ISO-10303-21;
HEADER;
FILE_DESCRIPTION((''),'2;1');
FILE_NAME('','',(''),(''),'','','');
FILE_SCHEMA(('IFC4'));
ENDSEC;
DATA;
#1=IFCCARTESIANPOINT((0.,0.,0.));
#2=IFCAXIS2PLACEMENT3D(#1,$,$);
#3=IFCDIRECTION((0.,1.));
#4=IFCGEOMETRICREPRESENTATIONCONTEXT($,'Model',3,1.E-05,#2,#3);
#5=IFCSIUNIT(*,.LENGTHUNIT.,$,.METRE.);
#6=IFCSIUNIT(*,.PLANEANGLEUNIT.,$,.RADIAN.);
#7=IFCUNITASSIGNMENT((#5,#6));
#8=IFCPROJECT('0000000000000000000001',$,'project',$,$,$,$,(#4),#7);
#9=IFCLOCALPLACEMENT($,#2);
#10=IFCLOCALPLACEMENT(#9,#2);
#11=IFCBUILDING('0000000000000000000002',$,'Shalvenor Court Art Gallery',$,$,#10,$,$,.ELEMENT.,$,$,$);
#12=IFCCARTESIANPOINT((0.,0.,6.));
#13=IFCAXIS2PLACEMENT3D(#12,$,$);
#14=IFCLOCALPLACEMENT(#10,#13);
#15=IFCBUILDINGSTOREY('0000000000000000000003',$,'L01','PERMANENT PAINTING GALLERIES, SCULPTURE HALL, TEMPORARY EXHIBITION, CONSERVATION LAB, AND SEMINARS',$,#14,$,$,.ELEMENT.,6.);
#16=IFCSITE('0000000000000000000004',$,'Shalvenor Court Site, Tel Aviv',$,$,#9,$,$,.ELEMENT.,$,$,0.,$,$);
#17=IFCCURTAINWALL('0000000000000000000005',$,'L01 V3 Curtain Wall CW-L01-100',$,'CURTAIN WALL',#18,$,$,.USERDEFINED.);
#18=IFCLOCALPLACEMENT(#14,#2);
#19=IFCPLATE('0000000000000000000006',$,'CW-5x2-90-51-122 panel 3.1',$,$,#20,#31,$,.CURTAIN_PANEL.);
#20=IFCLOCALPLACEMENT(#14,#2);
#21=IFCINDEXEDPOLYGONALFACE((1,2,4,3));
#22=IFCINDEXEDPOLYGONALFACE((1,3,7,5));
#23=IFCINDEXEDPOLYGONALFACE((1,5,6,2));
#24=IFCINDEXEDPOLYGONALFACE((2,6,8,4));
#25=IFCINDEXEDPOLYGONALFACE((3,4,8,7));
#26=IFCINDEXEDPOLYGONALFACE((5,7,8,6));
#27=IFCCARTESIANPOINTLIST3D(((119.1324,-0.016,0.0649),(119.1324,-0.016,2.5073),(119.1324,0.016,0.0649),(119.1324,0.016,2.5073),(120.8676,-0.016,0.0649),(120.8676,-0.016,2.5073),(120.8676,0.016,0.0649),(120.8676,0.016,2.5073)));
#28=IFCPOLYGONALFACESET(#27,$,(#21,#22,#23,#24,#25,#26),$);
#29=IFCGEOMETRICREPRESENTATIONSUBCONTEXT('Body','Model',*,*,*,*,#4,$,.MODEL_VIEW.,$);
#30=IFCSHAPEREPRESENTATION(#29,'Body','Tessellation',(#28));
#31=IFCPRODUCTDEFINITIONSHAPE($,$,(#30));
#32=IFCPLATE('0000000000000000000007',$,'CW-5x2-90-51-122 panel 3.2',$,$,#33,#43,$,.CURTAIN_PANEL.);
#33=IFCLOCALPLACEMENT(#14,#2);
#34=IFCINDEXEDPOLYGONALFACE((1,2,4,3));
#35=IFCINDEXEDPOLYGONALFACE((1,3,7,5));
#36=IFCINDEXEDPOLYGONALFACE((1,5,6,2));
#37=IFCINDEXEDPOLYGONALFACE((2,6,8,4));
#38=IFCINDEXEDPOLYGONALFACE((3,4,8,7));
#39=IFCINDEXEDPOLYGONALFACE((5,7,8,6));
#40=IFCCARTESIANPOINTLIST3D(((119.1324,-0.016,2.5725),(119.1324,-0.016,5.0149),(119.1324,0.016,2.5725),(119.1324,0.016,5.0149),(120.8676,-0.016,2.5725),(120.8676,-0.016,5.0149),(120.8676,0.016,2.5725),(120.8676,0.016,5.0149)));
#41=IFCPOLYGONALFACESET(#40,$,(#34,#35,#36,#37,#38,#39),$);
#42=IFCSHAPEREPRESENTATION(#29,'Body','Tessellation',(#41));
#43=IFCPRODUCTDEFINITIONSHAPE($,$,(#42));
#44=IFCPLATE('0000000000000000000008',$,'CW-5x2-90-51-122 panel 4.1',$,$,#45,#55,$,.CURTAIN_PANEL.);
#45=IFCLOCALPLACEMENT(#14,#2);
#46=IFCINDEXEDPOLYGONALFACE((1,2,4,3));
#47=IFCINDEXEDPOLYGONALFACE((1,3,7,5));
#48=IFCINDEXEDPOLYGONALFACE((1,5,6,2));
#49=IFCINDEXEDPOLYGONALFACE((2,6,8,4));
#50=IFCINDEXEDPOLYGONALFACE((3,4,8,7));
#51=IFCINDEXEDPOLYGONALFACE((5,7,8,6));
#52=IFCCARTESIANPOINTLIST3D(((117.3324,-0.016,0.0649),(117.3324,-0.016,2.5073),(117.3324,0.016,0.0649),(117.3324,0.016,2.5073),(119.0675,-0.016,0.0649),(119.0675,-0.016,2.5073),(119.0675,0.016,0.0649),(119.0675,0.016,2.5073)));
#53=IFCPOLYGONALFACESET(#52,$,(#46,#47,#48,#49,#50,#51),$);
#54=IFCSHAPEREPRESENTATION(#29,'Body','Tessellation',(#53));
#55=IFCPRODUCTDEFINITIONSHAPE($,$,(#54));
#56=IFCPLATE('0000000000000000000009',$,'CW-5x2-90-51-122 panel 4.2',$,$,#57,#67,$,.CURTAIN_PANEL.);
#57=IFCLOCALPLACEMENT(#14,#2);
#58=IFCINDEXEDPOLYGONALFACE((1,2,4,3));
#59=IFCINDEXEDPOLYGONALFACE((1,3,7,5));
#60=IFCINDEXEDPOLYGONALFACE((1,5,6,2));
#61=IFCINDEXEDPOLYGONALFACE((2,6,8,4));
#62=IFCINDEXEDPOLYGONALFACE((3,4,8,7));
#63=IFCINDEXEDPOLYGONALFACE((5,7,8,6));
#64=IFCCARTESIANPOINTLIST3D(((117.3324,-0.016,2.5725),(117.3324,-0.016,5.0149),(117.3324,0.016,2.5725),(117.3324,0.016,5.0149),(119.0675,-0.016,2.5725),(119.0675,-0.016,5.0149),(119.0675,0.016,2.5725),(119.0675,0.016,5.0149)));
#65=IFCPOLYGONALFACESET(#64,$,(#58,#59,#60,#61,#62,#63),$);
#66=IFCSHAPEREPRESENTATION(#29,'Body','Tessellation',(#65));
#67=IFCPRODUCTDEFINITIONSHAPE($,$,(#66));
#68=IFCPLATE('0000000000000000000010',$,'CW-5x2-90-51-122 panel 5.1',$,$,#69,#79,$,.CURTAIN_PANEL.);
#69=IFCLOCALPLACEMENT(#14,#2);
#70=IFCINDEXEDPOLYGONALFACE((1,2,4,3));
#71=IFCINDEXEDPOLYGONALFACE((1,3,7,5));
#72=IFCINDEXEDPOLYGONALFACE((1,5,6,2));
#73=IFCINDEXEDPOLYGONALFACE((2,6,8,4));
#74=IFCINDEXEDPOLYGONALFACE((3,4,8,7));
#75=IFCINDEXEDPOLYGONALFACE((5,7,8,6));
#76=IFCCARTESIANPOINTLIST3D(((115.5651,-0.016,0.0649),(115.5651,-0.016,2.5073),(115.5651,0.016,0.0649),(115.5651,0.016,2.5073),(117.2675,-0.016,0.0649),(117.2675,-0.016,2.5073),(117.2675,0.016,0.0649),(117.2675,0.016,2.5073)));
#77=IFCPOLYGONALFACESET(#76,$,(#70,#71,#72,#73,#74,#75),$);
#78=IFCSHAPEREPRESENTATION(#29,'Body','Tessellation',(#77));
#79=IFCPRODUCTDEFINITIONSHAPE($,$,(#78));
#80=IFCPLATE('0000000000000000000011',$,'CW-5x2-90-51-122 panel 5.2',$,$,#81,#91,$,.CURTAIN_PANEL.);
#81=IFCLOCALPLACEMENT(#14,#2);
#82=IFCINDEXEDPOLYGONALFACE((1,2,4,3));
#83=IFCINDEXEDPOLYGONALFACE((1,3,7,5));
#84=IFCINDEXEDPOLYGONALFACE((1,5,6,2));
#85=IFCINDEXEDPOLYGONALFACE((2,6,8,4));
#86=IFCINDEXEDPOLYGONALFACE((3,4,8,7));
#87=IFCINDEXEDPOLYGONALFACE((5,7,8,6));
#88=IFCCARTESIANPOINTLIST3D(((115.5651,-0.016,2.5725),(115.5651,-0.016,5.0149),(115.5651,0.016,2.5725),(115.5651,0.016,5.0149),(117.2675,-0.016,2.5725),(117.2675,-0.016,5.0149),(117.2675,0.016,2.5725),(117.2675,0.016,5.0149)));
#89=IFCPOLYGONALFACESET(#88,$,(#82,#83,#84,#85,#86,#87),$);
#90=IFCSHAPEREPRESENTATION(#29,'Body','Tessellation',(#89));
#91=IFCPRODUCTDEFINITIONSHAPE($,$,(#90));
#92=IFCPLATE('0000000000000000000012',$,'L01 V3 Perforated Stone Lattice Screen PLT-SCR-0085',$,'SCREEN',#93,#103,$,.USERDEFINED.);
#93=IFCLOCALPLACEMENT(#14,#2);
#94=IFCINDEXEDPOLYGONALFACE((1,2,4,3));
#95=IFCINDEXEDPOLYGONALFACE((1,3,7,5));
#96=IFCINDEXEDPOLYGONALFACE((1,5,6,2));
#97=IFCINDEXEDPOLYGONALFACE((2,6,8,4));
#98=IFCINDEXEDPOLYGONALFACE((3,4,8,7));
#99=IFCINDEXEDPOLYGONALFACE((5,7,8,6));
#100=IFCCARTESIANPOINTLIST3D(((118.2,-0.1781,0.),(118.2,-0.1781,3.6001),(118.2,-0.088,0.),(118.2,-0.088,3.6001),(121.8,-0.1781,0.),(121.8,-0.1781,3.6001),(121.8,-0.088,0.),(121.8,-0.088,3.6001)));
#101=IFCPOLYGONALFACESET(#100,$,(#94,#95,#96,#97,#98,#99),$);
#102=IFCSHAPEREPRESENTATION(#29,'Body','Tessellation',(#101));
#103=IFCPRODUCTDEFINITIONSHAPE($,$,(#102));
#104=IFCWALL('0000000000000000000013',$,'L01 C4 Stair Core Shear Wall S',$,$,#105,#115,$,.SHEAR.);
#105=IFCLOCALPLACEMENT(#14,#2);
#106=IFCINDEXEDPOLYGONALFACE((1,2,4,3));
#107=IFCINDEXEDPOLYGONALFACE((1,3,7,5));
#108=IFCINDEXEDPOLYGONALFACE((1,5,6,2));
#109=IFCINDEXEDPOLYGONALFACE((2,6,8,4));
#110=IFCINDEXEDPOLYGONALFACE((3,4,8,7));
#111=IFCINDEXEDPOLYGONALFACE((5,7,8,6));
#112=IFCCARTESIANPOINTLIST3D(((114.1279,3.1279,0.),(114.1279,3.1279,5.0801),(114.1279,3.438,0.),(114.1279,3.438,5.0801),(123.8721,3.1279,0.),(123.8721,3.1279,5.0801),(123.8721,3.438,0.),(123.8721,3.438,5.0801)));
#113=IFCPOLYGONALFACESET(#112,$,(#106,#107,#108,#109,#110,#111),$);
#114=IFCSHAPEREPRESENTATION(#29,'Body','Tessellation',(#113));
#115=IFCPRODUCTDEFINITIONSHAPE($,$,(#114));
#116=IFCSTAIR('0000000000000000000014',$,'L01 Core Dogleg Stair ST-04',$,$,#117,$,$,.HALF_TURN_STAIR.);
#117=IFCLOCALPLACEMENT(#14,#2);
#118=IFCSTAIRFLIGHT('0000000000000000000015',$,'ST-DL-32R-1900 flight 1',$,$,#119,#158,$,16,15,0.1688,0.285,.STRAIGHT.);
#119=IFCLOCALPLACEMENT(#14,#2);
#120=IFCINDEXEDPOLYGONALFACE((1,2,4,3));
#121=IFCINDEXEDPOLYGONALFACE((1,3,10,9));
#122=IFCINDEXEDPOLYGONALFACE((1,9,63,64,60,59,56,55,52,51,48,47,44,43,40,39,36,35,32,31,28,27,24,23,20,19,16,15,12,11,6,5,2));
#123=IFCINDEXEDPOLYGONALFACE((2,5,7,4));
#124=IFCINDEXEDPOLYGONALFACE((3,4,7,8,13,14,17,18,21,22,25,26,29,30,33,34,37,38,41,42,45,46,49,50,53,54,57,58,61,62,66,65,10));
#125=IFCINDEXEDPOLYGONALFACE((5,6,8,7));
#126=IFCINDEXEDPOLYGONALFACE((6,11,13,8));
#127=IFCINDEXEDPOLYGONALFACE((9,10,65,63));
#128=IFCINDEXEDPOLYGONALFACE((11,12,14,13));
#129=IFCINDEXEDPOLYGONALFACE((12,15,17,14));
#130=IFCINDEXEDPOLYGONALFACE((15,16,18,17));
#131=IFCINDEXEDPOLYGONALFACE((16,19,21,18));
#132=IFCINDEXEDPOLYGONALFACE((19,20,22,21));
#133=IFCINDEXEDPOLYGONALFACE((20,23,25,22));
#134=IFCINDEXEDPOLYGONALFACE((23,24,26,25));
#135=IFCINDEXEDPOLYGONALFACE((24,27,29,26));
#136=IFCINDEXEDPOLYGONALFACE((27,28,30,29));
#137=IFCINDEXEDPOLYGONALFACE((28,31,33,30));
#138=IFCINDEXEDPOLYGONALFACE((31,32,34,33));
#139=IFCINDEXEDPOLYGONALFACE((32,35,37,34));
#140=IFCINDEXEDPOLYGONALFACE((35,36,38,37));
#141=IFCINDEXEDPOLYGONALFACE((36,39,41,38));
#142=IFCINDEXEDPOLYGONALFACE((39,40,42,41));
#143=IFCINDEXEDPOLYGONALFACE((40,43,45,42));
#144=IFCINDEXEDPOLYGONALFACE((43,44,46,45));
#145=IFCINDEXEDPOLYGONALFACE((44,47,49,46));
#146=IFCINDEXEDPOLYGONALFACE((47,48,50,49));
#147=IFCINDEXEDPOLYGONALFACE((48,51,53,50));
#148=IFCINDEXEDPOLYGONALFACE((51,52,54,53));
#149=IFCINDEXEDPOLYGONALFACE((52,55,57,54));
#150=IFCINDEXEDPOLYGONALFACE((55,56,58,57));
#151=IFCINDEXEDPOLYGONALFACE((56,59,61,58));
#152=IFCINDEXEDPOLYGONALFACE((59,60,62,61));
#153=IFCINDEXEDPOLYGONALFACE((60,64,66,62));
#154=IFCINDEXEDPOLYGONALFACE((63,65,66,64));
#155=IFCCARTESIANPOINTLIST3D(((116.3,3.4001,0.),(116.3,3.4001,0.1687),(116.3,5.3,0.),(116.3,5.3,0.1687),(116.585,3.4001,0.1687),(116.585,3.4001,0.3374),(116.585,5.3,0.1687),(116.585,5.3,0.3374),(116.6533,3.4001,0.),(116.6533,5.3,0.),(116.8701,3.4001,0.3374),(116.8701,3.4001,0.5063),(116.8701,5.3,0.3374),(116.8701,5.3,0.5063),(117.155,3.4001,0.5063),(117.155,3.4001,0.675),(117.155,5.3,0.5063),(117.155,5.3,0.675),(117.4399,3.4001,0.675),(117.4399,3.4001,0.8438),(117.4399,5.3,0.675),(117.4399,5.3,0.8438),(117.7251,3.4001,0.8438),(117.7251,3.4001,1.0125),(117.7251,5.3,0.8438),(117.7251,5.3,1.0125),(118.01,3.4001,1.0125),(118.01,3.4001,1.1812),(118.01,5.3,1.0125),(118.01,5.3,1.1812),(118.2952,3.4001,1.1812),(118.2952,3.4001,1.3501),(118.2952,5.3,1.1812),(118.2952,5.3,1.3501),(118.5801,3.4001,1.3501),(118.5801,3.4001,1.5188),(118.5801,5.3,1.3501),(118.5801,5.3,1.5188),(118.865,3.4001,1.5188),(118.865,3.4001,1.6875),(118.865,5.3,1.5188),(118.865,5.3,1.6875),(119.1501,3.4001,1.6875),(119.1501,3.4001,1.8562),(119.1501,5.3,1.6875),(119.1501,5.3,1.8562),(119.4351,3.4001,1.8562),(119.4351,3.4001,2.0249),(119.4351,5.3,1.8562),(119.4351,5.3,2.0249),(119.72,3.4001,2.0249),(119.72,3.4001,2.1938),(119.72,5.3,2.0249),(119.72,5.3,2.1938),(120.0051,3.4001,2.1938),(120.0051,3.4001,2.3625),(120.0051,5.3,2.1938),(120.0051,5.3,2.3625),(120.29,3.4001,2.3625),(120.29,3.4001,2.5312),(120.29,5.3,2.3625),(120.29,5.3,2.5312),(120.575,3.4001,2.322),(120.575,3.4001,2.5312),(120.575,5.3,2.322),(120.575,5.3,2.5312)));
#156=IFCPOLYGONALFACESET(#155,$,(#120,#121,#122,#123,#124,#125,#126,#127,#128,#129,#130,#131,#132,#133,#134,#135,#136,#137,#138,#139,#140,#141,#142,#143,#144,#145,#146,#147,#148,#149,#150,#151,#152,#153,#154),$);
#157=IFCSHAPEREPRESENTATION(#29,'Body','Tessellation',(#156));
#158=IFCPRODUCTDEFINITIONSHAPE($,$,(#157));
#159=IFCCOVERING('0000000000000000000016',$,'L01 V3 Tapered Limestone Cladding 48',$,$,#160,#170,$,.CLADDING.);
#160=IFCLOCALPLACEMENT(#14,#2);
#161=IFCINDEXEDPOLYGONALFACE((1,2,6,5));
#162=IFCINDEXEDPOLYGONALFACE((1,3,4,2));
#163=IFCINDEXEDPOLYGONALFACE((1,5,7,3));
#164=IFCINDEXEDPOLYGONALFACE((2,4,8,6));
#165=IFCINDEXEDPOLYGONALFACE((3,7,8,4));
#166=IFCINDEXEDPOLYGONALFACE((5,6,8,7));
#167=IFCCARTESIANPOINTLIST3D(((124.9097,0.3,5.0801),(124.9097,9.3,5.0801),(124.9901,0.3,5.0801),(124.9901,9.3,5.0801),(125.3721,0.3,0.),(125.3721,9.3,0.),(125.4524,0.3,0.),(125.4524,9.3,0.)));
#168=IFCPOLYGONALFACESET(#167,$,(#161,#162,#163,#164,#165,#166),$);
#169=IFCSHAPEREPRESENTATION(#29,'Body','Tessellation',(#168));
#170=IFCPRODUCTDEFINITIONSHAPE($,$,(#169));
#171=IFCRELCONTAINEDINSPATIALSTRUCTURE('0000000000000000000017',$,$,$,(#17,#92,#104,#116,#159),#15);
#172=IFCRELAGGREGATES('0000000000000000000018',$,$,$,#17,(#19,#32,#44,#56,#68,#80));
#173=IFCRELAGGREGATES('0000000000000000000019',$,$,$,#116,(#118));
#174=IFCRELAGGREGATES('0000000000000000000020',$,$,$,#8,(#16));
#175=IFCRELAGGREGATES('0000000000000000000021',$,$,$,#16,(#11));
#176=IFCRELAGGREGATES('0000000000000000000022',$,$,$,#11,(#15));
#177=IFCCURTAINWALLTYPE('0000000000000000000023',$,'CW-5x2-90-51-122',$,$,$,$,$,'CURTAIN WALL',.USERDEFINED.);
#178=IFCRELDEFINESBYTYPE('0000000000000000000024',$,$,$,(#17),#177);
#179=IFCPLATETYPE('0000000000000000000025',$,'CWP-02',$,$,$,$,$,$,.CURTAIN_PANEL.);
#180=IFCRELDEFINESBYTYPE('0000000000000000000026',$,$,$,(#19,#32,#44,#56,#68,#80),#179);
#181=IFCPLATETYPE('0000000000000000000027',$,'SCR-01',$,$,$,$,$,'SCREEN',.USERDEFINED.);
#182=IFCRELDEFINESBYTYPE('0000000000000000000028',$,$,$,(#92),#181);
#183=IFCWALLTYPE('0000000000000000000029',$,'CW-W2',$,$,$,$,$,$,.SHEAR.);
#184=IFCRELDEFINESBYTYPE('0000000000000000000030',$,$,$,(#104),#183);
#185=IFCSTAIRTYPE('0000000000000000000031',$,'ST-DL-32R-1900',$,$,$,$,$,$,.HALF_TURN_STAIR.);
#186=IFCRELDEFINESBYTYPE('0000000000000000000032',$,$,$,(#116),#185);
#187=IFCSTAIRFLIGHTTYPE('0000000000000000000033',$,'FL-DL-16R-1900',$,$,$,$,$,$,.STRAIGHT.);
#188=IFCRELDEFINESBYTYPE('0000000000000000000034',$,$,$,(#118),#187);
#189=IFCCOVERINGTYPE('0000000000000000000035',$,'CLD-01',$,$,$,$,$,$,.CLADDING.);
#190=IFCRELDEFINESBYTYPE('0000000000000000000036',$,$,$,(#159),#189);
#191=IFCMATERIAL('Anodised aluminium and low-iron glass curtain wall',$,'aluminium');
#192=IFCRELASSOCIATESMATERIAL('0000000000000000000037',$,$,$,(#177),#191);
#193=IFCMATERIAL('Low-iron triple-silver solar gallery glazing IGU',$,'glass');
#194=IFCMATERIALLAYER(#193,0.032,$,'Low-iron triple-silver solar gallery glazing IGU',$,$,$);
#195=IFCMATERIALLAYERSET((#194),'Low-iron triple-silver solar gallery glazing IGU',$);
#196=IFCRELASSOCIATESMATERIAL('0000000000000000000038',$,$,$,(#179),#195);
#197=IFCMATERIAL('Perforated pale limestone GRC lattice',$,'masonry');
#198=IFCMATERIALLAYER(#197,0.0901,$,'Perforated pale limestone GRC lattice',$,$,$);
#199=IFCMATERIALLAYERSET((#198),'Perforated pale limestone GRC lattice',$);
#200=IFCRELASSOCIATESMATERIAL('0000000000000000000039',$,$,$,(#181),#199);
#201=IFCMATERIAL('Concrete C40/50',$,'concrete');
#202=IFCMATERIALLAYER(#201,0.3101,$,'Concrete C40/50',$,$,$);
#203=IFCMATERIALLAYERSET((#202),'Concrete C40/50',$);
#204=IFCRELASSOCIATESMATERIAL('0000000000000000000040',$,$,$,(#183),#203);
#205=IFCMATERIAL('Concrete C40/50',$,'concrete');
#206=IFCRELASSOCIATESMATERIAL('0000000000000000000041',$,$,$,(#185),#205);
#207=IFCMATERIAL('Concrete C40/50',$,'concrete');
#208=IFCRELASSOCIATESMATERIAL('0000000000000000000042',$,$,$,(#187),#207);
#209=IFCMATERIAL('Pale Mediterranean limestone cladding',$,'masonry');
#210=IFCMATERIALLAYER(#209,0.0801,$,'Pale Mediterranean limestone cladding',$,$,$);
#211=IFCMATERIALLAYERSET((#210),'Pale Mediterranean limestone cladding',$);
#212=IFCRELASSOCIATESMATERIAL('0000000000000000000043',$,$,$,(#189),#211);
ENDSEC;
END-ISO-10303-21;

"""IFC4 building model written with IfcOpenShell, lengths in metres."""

from ifc_helpers import new_model, si_unit, direction, frame, frame_2d, origin, origin_2d, place, context, subcontext, project, spatial, polyline, rectangle, outline, extrude, material, layer, layer_set, type_object, element, aggregate, save


model = new_model("IFC4")

# Units and contexts
model_context = context("Model", 3, precision=1e-05, world=origin(), true_north=direction((0.0, 1.0)))
body_context = subcontext(model_context, "Body", "Model", "MODEL_VIEW")
ifc_project = project(units=[si_unit("LENGTHUNIT", "METRE"), si_unit("PLANEANGLEUNIT", "RADIAN")], contexts=[model_context])

# Site, building, storey
site_placement = place(None, origin())
site = spatial("IfcSite", under=ifc_project, at=site_placement, Name="Shalvenor Court Site, Tel Aviv", CompositionType="ELEMENT", RefElevation=0.0)
building_placement = place(site_placement, origin())
building = spatial("IfcBuilding", under=site, at=building_placement, Name="Shalvenor Court Art Gallery", CompositionType="ELEMENT")
storey_placement = place(building_placement, frame((0.0, 0.0, 6.0)))
storey = spatial("IfcBuildingStorey", under=building, at=storey_placement, Name="L01", Description="PERMANENT PAINTING GALLERIES, SCULPTURE HALL, TEMPORARY EXHIBITION, CONSERVATION LAB, AND SEMINARS", CompositionType="ELEMENT", Elevation=6.0)

# Curtain wall, plates
ifc_material_1 = material(Name="Anodised aluminium and low-iron glass curtain wall", Category="aluminium")
curtain_wall_type = type_object("IfcCurtainWallType", Name="CW-5x2-90-51-122", ElementType="CURTAIN WALL", PredefinedType="USERDEFINED", material=ifc_material_1)
curtain_wall_placement = place(storey_placement, origin())
curtain_wall = element("IfcCurtainWall", 1, at=curtain_wall_placement, inside=storey, type_object=curtain_wall_type, Name="L01 V3 Curtain Wall CW-L01-100", ObjectType="CURTAIN WALL", PredefinedType="USERDEFINED")
ifc_material_2 = material(Name="Low-iron triple-silver solar gallery glazing IGU", Category="glass")
ifc_layer_1 = layer(ifc_material_2, 0.032, Name="Low-iron triple-silver solar gallery glazing IGU")
ifc_layer_set_1 = layer_set([ifc_layer_1], Name="Low-iron triple-silver solar gallery glazing IGU")
plate_type_1 = type_object("IfcPlateType", Name="CWP-02", PredefinedType="CURTAIN_PANEL", material=ifc_layer_set_1)
plate_1_placement = place(storey_placement, frame((120.0, 0.0, 0.0649), z_axis=(0.0, 0.0, 1.0), x_axis=(-1.0, 0.0, 0.0)))
plate_1 = element("IfcPlate", 2, at=plate_1_placement, type_object=plate_type_1, Name="CW-5x2-90-51-122 panel 3.1", PredefinedType="CURTAIN_PANEL", context=body_context, shape_type="SweptSolid", body=[
    extrude(rectangle(XDim=1.7351, YDim=0.032, at=origin_2d()), origin(), (0.0, 0.0, 1.0), 2.4424),
])
plate_2_placement = place(storey_placement, frame((120.0, 0.0, 2.5725), z_axis=(0.0, 0.0, 1.0), x_axis=(-1.0, 0.0, 0.0)))
plate_2 = element("IfcPlate", 3, at=plate_2_placement, type_object=plate_type_1, Name="CW-5x2-90-51-122 panel 3.2", PredefinedType="CURTAIN_PANEL", context=body_context, shape_type="SweptSolid", body=[
    extrude(rectangle(XDim=1.7351, YDim=0.032, at=origin_2d()), origin(), (0.0, 0.0, 1.0), 2.4424),
])
plate_3_placement = place(storey_placement, frame((118.2, 0.0, 0.0649), z_axis=(0.0, 0.0, 1.0), x_axis=(-1.0, 0.0, 0.0)))
plate_3 = element("IfcPlate", 4, at=plate_3_placement, type_object=plate_type_1, Name="CW-5x2-90-51-122 panel 4.1", PredefinedType="CURTAIN_PANEL", context=body_context, shape_type="SweptSolid", body=[
    extrude(rectangle(XDim=1.7351, YDim=0.032, at=origin_2d()), origin(), (0.0, 0.0, 1.0), 2.4424),
])
plate_4_placement = place(storey_placement, frame((118.2, 0.0, 2.5725), z_axis=(0.0, 0.0, 1.0), x_axis=(-1.0, 0.0, 0.0)))
plate_4 = element("IfcPlate", 5, at=plate_4_placement, type_object=plate_type_1, Name="CW-5x2-90-51-122 panel 4.2", PredefinedType="CURTAIN_PANEL", context=body_context, shape_type="SweptSolid", body=[
    extrude(rectangle(XDim=1.7351, YDim=0.032, at=origin_2d()), origin(), (0.0, 0.0, 1.0), 2.4424),
])
plate_5_placement = place(storey_placement, frame((116.4163, 0.0, 0.0649), z_axis=(0.0, 0.0, 1.0), x_axis=(-1.0, 0.0, 0.0)))
plate_5 = element("IfcPlate", 6, at=plate_5_placement, type_object=plate_type_1, Name="CW-5x2-90-51-122 panel 5.1", PredefinedType="CURTAIN_PANEL", context=body_context, shape_type="SweptSolid", body=[
    extrude(rectangle(XDim=1.7024, YDim=0.032, at=origin_2d()), origin(), (0.0, 0.0, 1.0), 2.4424),
])
plate_6_placement = place(storey_placement, frame((116.4163, 0.0, 2.5725), z_axis=(0.0, 0.0, 1.0), x_axis=(-1.0, 0.0, 0.0)))
plate_6 = element("IfcPlate", 7, at=plate_6_placement, type_object=plate_type_1, Name="CW-5x2-90-51-122 panel 5.2", PredefinedType="CURTAIN_PANEL", context=body_context, shape_type="SweptSolid", body=[
    extrude(rectangle(XDim=1.7024, YDim=0.032, at=origin_2d()), origin(), (0.0, 0.0, 1.0), 2.4424),
])
aggregate(curtain_wall, [plate_1, plate_2, plate_3, plate_4, plate_5, plate_6])

# Plate
ifc_material_3 = material(Name="Perforated pale limestone GRC lattice", Category="masonry")
ifc_layer_2 = layer(ifc_material_3, 0.0901, Name="Perforated pale limestone GRC lattice")
ifc_layer_set_2 = layer_set([ifc_layer_2], Name="Perforated pale limestone GRC lattice")
plate_type_2 = type_object("IfcPlateType", Name="SCR-01", ElementType="SCREEN", PredefinedType="USERDEFINED", material=ifc_layer_set_2)
plate_7_placement = place(storey_placement, frame((120.0, -0.1331, 0.0), z_axis=(0.0, 0.0, 1.0), x_axis=(-1.0, 0.0, 0.0)))
element("IfcPlate", 8, at=plate_7_placement, inside=storey, type_object=plate_type_2, Name="L01 V3 Perforated Stone Lattice Screen PLT-SCR-0085", ObjectType="SCREEN", PredefinedType="USERDEFINED", context=body_context, shape_type="SweptSolid", body=[
    extrude(rectangle(XDim=3.6001, YDim=0.0901, at=origin_2d()), origin(), (0.0, 0.0, 1.0), 3.6001),
])

# Wall
ifc_material_4 = material(Name="Concrete C40/50", Category="concrete")
ifc_layer_3 = layer(ifc_material_4, 0.3101, Name="Concrete C40/50")
ifc_layer_set_3 = layer_set([ifc_layer_3], Name="Concrete C40/50")
wall_type = type_object("IfcWallType", Name="CW-W2", PredefinedType="SHEAR", material=ifc_layer_set_3)
wall_placement = place(storey_placement, frame((123.8721, 3.283, 0.0), z_axis=(0.0, 0.0, 1.0), x_axis=(-1.0, 0.0, 0.0)))
element("IfcWall", 9, at=wall_placement, inside=storey, type_object=wall_type, Name="L01 C4 Stair Core Shear Wall S", PredefinedType="SHEAR", context=body_context, shape_type="SweptSolid", body=[
    extrude(rectangle(XDim=9.7441, YDim=0.3101, at=frame_2d((4.8721, 0.0))), origin(), (0.0, 0.0, 1.0), 5.0801),
])

# Stair, stair flight
ifc_material_5 = material(Name="Concrete C40/50", Category="concrete")
stair_type = type_object("IfcStairType", Name="ST-DL-32R-1900", PredefinedType="HALF_TURN_STAIR", material=ifc_material_5)
stair_placement = place(storey_placement, origin())
stair = element("IfcStair", 10, at=stair_placement, inside=storey, type_object=stair_type, Name="L01 Core Dogleg Stair ST-04", PredefinedType="HALF_TURN_STAIR")
ifc_material_6 = material(Name="Concrete C40/50", Category="concrete")
stair_flight_type = type_object("IfcStairFlightType", Name="FL-DL-16R-1900", PredefinedType="STRAIGHT", material=ifc_material_6)
stair_flight_placement = place(storey_placement, frame((116.3, 4.3501, 0.0), z_axis=(0.0, 0.0, 1.0), x_axis=(1.0, 0.0, 0.0)))
stair_flight = element("IfcStairFlight", 11, at=stair_flight_placement, type_object=stair_flight_type, Name="ST-DL-32R-1900 flight 1", NumberOfRisers=16, NumberOfTreads=15, PredefinedType="STRAIGHT", RiserHeight=0.1688, TreadLength=0.285, context=body_context, shape_type="SweptSolid", body=[
    extrude(outline(polyline([(0.0, 0.0), (0.0, 0.1687), (0.2849, 0.1687), (0.2849, 0.3374), (0.5701, 0.3374), (0.5701, 0.5063), (0.855, 0.5063), (0.855, 0.675), (1.1399, 0.675), (1.1399, 0.8438), (1.425, 0.8438), (1.425, 1.0125), (1.71, 1.0125), (1.71, 1.1812), (1.9951, 1.1812), (1.9951, 1.3501), (2.28, 1.3501), (2.28, 1.5188), (2.5649, 1.5188), (2.5649, 1.6875), (2.8501, 1.6875), (2.8501, 1.8562), (3.135, 1.8562), (3.135, 2.0249), (3.4199, 2.0249), (3.4199, 2.1938), (3.7051, 2.1938), (3.7051, 2.3625), (3.99, 2.3625), (3.99, 2.5312), (4.2749, 2.5312), (4.2749, 2.7), (4.2749, 2.322), (0.3533, 0.0), (0.0, 0.0)])), frame((0.0, 0.95, 0.0), z_axis=(0.0, -1.0, 0.0), x_axis=(1.0, 0.0, 0.0)), (0.0, 0.0, 1.0), 1.8999),
])
aggregate(stair, [stair_flight])

# Covering
ifc_material_7 = material(Name="Pale Mediterranean limestone cladding", Category="masonry")
ifc_layer_4 = layer(ifc_material_7, 0.0801, Name="Pale Mediterranean limestone cladding")
ifc_layer_set_4 = layer_set([ifc_layer_4], Name="Pale Mediterranean limestone cladding")
covering_type = type_object("IfcCoveringType", Name="CLD-01", PredefinedType="CLADDING", material=ifc_layer_set_4)
covering_placement = place(storey_placement, frame((125.4524, 0.3, 0.0), z_axis=(0.0, 0.0, 1.0), x_axis=(0.0, 1.0, 0.0)))
element("IfcCovering", 12, at=covering_placement, inside=storey, type_object=covering_type, Name="L01 V3 Tapered Limestone Cladding 48", PredefinedType="CLADDING", context=body_context, shape_type="SweptSolid", body=[
    extrude(outline(polyline([(0.0, 0.0), (9.0, 0.0), (9.0, 5.1011), (0.0, 5.1011), (0.0, 0.0)])), frame((0.0, 0.0, 0.0), z_axis=(0.0, -0.995884, 0.090633), x_axis=(1.0, 0.0, 0.0)), (0.0, 0.090633, -0.995884), 0.0803),
])

save(model, "model.ifc")
